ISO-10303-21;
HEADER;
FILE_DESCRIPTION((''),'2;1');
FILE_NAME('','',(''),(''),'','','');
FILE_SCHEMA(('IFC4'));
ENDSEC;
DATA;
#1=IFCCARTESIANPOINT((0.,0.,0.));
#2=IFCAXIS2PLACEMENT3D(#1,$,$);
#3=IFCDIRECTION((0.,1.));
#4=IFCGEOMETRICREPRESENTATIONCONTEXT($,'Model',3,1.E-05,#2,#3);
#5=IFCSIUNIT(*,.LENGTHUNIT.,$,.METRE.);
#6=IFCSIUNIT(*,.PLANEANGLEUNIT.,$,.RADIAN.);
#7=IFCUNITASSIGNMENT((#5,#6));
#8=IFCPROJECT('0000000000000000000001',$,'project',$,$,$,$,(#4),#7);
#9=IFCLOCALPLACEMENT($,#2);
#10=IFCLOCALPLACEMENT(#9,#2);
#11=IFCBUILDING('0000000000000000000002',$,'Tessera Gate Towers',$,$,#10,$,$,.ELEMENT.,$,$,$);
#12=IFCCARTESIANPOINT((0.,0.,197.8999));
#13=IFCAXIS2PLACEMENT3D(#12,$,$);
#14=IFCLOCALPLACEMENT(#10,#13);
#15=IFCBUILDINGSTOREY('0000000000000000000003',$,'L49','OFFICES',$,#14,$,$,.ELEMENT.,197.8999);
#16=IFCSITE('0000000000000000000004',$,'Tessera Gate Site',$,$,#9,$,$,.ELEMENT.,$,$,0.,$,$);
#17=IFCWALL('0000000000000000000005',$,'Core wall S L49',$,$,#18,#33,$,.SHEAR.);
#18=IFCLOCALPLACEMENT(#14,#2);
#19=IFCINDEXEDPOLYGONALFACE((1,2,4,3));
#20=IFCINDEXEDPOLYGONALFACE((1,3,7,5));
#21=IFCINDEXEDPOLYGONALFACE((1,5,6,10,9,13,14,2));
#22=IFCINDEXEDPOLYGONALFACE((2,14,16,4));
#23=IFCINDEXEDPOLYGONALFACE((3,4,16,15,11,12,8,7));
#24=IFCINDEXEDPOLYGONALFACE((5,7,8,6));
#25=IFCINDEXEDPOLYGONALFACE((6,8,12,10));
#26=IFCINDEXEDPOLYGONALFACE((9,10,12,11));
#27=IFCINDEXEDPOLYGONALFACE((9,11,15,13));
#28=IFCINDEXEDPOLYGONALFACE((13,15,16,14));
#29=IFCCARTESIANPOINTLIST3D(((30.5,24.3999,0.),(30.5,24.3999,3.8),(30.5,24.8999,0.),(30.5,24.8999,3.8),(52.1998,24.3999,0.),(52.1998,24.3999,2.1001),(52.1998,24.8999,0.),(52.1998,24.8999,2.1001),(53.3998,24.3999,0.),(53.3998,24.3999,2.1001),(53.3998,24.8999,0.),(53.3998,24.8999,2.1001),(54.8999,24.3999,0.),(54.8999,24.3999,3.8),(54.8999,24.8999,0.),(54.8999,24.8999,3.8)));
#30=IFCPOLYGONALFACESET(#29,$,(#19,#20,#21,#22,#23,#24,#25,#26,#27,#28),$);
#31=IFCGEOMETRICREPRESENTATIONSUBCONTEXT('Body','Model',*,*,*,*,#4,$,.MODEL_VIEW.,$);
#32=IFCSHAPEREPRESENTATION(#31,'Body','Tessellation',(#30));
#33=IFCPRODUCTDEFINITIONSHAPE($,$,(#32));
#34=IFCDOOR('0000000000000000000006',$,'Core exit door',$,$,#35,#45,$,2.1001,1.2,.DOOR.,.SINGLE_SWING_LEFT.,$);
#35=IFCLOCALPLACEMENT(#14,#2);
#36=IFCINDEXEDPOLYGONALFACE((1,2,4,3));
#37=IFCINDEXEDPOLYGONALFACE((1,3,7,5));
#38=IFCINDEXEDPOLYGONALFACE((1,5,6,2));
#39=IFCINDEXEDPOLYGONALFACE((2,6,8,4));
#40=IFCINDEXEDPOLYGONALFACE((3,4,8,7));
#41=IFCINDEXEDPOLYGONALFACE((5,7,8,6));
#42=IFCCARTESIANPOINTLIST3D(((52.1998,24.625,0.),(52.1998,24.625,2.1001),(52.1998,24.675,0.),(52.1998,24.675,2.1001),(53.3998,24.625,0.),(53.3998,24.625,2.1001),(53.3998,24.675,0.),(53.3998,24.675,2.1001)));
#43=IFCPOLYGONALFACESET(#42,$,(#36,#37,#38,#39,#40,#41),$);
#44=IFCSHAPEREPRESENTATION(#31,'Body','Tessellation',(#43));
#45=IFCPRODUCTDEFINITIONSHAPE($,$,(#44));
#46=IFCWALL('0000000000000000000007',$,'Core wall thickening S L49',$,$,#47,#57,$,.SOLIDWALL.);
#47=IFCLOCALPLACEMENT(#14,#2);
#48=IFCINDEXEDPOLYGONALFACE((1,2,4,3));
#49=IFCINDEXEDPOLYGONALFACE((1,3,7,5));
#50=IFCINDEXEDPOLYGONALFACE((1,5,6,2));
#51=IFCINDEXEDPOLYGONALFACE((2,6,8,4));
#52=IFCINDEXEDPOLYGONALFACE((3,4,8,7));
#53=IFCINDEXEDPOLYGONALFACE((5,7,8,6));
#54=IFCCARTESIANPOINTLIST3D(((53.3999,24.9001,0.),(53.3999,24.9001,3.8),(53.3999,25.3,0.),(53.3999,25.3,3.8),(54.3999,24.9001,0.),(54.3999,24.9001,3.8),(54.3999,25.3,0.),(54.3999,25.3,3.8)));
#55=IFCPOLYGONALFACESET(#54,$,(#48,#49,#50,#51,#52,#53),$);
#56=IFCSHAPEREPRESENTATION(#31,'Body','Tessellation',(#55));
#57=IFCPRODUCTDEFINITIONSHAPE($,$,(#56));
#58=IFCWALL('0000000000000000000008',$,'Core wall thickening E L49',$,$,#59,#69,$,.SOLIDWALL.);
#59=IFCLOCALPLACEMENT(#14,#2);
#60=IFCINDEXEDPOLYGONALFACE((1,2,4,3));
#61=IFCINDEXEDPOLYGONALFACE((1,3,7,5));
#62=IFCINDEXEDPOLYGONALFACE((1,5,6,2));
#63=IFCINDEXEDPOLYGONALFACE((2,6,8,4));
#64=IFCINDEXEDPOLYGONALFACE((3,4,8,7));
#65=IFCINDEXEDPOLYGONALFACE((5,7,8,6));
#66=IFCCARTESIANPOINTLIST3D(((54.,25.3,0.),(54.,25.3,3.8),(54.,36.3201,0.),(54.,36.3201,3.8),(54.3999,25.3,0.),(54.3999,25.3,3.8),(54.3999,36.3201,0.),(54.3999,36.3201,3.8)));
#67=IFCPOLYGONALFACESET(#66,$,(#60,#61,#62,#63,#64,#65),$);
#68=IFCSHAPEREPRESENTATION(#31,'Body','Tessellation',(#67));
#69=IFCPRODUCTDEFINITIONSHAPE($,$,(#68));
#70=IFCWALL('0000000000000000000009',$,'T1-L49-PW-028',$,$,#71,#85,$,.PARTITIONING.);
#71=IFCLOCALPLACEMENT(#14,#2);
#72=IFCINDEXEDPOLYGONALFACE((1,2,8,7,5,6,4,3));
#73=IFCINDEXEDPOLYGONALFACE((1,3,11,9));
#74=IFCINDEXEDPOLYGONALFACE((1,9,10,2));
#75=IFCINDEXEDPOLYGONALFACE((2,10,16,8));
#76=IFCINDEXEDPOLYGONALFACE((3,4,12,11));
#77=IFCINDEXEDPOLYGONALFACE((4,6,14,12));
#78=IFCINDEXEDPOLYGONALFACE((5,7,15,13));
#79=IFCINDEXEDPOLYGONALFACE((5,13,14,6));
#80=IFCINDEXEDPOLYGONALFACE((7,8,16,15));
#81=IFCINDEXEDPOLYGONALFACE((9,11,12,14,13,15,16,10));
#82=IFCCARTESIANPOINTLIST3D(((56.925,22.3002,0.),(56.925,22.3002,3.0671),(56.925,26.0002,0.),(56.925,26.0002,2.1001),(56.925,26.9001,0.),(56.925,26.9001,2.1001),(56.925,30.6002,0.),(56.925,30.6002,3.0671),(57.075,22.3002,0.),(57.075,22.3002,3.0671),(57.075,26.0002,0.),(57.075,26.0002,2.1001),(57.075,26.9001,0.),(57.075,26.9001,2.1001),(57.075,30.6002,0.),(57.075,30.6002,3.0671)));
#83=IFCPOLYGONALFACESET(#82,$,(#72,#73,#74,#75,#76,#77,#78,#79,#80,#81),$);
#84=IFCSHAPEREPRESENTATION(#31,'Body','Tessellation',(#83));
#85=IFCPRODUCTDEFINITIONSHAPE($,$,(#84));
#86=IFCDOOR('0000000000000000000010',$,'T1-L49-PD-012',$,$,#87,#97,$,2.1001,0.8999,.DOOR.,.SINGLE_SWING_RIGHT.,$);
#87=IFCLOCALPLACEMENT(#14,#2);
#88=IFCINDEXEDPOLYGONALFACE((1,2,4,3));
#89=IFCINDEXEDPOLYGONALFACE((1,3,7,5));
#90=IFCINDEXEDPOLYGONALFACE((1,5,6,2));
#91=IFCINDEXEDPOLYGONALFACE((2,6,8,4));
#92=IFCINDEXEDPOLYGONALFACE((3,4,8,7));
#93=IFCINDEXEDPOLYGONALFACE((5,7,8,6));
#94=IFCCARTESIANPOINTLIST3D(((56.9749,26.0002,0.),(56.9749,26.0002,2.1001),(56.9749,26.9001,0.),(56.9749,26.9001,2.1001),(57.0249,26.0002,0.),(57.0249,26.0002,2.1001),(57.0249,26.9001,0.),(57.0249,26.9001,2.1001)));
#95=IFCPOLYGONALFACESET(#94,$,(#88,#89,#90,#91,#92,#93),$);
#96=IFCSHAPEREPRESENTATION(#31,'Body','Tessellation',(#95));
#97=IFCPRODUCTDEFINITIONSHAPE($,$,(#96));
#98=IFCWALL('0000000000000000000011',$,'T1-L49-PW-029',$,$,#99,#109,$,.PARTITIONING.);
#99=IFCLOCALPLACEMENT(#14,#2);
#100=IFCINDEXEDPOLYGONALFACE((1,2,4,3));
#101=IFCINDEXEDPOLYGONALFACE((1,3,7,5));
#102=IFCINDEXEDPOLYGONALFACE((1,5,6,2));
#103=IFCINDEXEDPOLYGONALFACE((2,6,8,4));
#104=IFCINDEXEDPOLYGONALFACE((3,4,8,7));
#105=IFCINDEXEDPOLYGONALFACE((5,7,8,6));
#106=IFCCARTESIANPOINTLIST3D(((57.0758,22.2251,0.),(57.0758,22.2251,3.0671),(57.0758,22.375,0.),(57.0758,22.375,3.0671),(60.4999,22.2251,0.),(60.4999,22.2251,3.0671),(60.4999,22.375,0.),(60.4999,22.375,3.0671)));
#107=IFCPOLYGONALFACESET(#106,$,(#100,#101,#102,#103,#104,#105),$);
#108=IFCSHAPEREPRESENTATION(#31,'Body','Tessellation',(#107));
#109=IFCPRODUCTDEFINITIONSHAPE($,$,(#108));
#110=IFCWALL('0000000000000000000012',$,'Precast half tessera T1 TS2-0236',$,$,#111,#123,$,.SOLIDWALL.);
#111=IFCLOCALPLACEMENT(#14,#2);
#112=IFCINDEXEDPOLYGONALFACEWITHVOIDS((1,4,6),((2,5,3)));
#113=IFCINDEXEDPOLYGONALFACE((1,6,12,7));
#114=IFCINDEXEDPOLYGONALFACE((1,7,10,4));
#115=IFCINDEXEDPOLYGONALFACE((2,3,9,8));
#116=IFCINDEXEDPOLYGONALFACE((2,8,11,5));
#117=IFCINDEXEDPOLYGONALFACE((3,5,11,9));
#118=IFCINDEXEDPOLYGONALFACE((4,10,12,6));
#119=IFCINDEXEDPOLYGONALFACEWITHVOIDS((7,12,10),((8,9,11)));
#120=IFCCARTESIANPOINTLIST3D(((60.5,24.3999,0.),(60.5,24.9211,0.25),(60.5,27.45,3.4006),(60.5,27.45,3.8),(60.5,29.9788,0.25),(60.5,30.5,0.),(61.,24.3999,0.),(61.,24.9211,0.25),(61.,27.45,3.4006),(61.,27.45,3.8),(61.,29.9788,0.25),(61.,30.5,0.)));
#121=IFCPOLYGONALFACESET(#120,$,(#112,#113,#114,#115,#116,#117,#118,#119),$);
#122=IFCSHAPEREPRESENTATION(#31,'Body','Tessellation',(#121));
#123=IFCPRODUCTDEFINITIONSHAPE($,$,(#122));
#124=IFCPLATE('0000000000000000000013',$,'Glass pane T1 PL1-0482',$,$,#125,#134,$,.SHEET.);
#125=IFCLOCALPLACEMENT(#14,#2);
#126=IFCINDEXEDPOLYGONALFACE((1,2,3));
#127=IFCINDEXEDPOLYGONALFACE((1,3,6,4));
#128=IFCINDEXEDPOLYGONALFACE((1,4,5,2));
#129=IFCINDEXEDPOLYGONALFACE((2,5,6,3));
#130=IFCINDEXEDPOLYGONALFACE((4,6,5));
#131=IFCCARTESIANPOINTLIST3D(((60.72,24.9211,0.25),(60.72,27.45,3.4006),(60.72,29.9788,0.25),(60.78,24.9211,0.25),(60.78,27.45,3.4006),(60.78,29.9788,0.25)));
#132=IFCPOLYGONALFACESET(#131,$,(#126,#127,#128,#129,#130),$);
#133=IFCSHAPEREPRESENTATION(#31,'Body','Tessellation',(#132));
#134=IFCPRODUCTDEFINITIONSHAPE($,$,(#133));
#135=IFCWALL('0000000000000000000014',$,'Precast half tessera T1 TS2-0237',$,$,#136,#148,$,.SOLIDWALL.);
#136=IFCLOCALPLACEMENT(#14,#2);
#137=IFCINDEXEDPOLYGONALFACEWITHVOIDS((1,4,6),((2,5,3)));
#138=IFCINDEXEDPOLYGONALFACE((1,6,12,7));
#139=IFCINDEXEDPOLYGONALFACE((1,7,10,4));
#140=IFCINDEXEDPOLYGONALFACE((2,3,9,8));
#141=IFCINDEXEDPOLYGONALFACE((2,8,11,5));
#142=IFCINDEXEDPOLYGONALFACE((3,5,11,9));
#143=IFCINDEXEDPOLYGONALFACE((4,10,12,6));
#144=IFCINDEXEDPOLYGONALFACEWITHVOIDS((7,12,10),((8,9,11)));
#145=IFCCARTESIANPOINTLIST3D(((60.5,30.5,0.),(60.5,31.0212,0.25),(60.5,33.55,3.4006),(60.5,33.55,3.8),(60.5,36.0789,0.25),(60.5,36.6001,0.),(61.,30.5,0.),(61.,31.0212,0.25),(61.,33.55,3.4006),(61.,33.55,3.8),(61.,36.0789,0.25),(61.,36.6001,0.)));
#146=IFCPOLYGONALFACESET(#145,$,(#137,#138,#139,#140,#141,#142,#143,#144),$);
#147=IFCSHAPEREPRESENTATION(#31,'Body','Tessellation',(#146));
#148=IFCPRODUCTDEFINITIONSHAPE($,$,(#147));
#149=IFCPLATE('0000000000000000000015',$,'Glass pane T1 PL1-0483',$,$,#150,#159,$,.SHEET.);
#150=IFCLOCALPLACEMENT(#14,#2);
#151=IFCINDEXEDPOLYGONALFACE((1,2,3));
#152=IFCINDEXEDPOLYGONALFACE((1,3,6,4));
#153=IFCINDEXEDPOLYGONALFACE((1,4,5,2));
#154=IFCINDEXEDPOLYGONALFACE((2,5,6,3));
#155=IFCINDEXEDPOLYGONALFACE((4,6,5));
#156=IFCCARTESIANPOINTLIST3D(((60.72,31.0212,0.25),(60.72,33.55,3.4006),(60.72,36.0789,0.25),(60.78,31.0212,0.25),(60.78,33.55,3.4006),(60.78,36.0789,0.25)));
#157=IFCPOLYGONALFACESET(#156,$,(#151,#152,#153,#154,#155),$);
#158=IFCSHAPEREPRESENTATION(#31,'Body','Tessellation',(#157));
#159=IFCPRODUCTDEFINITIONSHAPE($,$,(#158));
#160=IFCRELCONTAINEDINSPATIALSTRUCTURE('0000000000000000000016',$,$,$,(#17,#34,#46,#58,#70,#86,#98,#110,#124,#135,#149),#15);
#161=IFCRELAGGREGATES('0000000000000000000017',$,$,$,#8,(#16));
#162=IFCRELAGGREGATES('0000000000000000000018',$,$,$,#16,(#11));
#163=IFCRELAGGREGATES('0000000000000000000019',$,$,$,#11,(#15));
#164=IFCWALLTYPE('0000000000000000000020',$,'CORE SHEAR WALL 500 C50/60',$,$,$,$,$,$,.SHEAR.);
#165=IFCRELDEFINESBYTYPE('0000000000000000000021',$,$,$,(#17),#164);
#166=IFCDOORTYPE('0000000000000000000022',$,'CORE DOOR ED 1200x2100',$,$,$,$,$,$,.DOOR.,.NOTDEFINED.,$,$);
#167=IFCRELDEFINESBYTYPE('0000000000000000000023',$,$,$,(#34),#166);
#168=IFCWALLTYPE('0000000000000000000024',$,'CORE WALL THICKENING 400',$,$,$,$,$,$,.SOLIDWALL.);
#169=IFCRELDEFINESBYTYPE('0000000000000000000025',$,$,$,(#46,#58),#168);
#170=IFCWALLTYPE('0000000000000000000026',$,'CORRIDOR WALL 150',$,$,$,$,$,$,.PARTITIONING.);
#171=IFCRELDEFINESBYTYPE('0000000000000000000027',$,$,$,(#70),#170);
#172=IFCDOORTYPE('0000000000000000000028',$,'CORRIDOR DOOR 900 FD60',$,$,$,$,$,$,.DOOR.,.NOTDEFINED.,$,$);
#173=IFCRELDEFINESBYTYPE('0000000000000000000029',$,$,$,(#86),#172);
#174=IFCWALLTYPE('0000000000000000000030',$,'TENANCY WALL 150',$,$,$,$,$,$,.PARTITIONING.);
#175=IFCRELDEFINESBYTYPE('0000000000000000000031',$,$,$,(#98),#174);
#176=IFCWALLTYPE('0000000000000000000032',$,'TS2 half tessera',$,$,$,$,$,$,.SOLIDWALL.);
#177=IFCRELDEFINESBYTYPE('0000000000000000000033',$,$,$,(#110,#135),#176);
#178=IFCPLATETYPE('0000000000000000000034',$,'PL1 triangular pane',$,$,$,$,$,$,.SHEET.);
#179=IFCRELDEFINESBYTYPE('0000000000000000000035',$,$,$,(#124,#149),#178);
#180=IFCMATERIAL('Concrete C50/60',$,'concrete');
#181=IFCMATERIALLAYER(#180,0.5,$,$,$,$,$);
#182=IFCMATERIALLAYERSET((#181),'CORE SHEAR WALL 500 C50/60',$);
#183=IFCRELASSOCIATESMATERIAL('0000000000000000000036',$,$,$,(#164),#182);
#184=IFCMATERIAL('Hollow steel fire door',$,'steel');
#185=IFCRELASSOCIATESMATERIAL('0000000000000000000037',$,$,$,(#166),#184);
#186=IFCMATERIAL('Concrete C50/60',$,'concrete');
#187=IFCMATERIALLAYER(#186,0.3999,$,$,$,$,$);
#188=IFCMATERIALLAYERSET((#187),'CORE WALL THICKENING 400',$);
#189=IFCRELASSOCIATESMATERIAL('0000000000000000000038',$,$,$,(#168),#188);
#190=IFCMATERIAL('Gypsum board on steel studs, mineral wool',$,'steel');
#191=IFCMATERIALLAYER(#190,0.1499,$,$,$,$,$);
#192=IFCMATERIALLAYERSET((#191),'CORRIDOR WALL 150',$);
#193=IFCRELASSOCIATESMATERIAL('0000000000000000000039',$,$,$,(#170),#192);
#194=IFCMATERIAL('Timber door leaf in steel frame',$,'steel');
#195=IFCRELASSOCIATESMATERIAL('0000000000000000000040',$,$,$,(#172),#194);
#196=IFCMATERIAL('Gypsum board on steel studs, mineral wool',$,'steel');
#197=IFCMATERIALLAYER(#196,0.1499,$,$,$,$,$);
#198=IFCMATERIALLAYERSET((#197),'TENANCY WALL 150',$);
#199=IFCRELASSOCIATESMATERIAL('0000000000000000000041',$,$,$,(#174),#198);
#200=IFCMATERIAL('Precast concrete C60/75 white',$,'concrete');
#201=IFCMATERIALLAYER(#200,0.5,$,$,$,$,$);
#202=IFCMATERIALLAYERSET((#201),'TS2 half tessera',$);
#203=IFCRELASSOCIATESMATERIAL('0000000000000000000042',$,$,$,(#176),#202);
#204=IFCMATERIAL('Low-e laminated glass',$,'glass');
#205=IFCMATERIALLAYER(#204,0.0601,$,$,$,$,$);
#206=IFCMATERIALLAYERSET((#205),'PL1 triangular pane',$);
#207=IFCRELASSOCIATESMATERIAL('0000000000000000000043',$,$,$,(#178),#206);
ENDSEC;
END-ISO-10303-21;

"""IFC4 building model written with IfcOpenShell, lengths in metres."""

from ifc_helpers import new_model, si_unit, direction, frame, frame_2d, origin, place, context, subcontext, project, spatial, polyline, rectangle, outline, extrude, source, transform, mapped, material, layer, layer_set, type_object, element, fill, save


model = new_model("IFC4")

# Units and contexts
model_context = context("Model", 3, precision=1e-05, world=origin(), true_north=direction((0.0, 1.0)))
body_context = subcontext(model_context, "Body", "Model", "MODEL_VIEW")
ifc_project = project(units=[si_unit("LENGTHUNIT", "METRE"), si_unit("PLANEANGLEUNIT", "RADIAN")], contexts=[model_context])

# Site, building, storey
site_placement = place(None, origin())
site = spatial("IfcSite", under=ifc_project, at=site_placement, Name="Tessera Gate Site", CompositionType="ELEMENT", RefElevation=0.0)
building_placement = place(site_placement, origin())
building = spatial("IfcBuilding", under=site, at=building_placement, Name="Tessera Gate Towers", CompositionType="ELEMENT")
storey_placement = place(building_placement, frame((0.0, 0.0, 197.8999)))
storey = spatial("IfcBuildingStorey", under=building, at=storey_placement, Name="L49", Description="OFFICES", CompositionType="ELEMENT", Elevation=197.8999)

# Wall, opening, door
shared_shape_1 = source(origin(), body_context, "Body", "SweptSolid", [
    extrude(rectangle(XDim=1.2, YDim=2.1001, at=frame_2d((0.6001, 1.05))), frame((0.0, 0.0249, 0.0), z_axis=(0.0, -1.0, 0.0), x_axis=(1.0, 0.0, 0.0)), (0.0, 0.0, 1.0), 0.05),
])
ifc_material_1 = material(Name="Concrete C50/60", Category="concrete")
ifc_layer_1 = layer(ifc_material_1, 0.5)
ifc_layer_set_1 = layer_set([ifc_layer_1], Name="CORE SHEAR WALL 500 C50/60")
wall_type_1 = type_object("IfcWallType", Name="CORE SHEAR WALL 500 C50/60", PredefinedType="SHEAR", material=ifc_layer_set_1)
wall_1_placement = place(storey_placement, frame((54.8999, 24.6499, 0.0), z_axis=(0.0, 0.0, 1.0), x_axis=(-1.0, 0.0, 0.0)))
wall_1 = element("IfcWall", 1, at=wall_1_placement, inside=storey, type_object=wall_type_1, Name="Core wall S L49", PredefinedType="SHEAR", context=body_context, shape_type="SweptSolid", body=[
    extrude(rectangle(XDim=24.3999, YDim=0.5, at=frame_2d((12.2, 0.0))), origin(), (0.0, 0.0, 1.0), 3.8),
])
shared_shape_2 = source(origin(), body_context, "Body", "SweptSolid", [
    extrude(rectangle(XDim=1.2, YDim=2.1001, at=frame_2d((0.6001, 1.05))), frame((0.0, 0.26, 0.0), z_axis=(0.0, -1.0, 0.0), x_axis=(1.0, 0.0, 0.0)), (0.0, 0.0, 1.0), 0.52),
])
opening_1_placement = place(wall_1_placement, frame((1.5, 0.0, 0.0)))
opening_1 = element("IfcOpeningElement", 2, at=opening_1_placement, cuts=wall_1, PredefinedType="OPENING", context=body_context, shape_type="MappedRepresentation", body=[
    mapped(shared_shape_2, transform((0.0, 0.0, 0.0), scale=1.0)),
])
ifc_material_2 = material(Name="Hollow steel fire door", Category="steel")
door_type_1 = type_object("IfcDoorType", Name="CORE DOOR ED 1200x2100", OperationType="NOTDEFINED", PredefinedType="DOOR", material=ifc_material_2)
door_1_placement = place(opening_1_placement, origin())
door_1 = element("IfcDoor", 3, at=door_1_placement, inside=storey, type_object=door_type_1, Name="Core exit door", OperationType="SINGLE_SWING_LEFT", OverallHeight=2.1001, OverallWidth=1.2, PredefinedType="DOOR", context=body_context, shape_type="MappedRepresentation", body=[
    mapped(shared_shape_1, transform((0.0, 0.0, 0.0), scale=1.0)),
])
fill(opening_1, door_1)

# Walls
ifc_material_3 = material(Name="Concrete C50/60", Category="concrete")
ifc_layer_2 = layer(ifc_material_3, 0.3999)
ifc_layer_set_2 = layer_set([ifc_layer_2], Name="CORE WALL THICKENING 400")
wall_type_2 = type_object("IfcWallType", Name="CORE WALL THICKENING 400", PredefinedType="SOLIDWALL", material=ifc_layer_set_2)
wall_2_placement = place(storey_placement, frame((53.3999, 25.1001, 0.0), z_axis=(0.0, 0.0, 1.0), x_axis=(1.0, 0.0, 0.0)))
element("IfcWall", 4, at=wall_2_placement, inside=storey, type_object=wall_type_2, Name="Core wall thickening S L49", PredefinedType="SOLIDWALL", context=body_context, shape_type="SweptSolid", body=[
    extrude(rectangle(XDim=1.0, YDim=0.3999, at=frame_2d((0.5, 0.0))), origin(), (0.0, 0.0, 1.0), 3.8),
])
wall_3_placement = place(storey_placement, frame((54.2, 25.3, 0.0), z_axis=(0.0, 0.0, 1.0), x_axis=(0.0, 1.0, 0.0)))
element("IfcWall", 5, at=wall_3_placement, inside=storey, type_object=wall_type_2, Name="Core wall thickening E L49", PredefinedType="SOLIDWALL", context=body_context, shape_type="SweptSolid", body=[
    extrude(rectangle(XDim=11.02, YDim=0.3999, at=frame_2d((5.51, 0.0))), origin(), (0.0, 0.0, 1.0), 3.8),
])

# Wall, opening, door
ifc_material_4 = material(Name="Gypsum board on steel studs, mineral wool", Category="steel")
ifc_layer_3 = layer(ifc_material_4, 0.1499)
ifc_layer_set_3 = layer_set([ifc_layer_3], Name="CORRIDOR WALL 150")
wall_type_3 = type_object("IfcWallType", Name="CORRIDOR WALL 150", PredefinedType="PARTITIONING", material=ifc_layer_set_3)
wall_4_placement = place(storey_placement, frame((57.0, 30.6001, 0.0), z_axis=(0.0, 0.0, 1.0), x_axis=(0.0, -1.0, 0.0)))
wall_4 = element("IfcWall", 6, at=wall_4_placement, inside=storey, type_object=wall_type_3, Name="T1-L49-PW-028", PredefinedType="PARTITIONING", context=body_context, shape_type="SweptSolid", body=[
    extrude(rectangle(XDim=8.3, YDim=0.1499, at=frame_2d((4.1499, 0.0))), origin(), (0.0, 0.0, 1.0), 3.0671),
])
shared_shape_3 = source(origin(), body_context, "Body", "SweptSolid", [
    extrude(rectangle(XDim=0.8999, YDim=2.1001, at=frame_2d((0.45, 1.05))), frame((0.0, 0.085, 0.0), z_axis=(0.0, -1.0, 0.0), x_axis=(1.0, 0.0, 0.0)), (0.0, 0.0, 1.0), 0.1699),
])
opening_2_placement = place(wall_4_placement, frame((3.7, 0.0, 0.0)))
opening_2 = element("IfcOpeningElement", 7, at=opening_2_placement, cuts=wall_4, PredefinedType="OPENING", context=body_context, shape_type="MappedRepresentation", body=[
    mapped(shared_shape_3, transform((0.0, 0.0, 0.0), scale=1.0)),
])
ifc_material_5 = material(Name="Timber door leaf in steel frame", Category="steel")
door_type_2 = type_object("IfcDoorType", Name="CORRIDOR DOOR 900 FD60", OperationType="NOTDEFINED", PredefinedType="DOOR", material=ifc_material_5)
shared_shape_4 = source(origin(), body_context, "Body", "SweptSolid", [
    extrude(rectangle(XDim=0.8999, YDim=2.1001, at=frame_2d((0.45, 1.05))), frame((0.0, 0.0249, 0.0), z_axis=(0.0, -1.0, 0.0), x_axis=(1.0, 0.0, 0.0)), (0.0, 0.0, 1.0), 0.05),
])
door_2_placement = place(opening_2_placement, origin())
door_2 = element("IfcDoor", 8, at=door_2_placement, inside=storey, type_object=door_type_2, Name="T1-L49-PD-012", OperationType="SINGLE_SWING_RIGHT", OverallHeight=2.1001, OverallWidth=0.8999, PredefinedType="DOOR", context=body_context, shape_type="MappedRepresentation", body=[
    mapped(shared_shape_4, transform((0.0, 0.0, 0.0), scale=1.0)),
])
fill(opening_2, door_2)

# Wall
ifc_material_6 = material(Name="Gypsum board on steel studs, mineral wool", Category="steel")
ifc_layer_4 = layer(ifc_material_6, 0.1499)
ifc_layer_set_4 = layer_set([ifc_layer_4], Name="TENANCY WALL 150")
wall_type_4 = type_object("IfcWallType", Name="TENANCY WALL 150", PredefinedType="PARTITIONING", material=ifc_layer_set_4)
wall_5_placement = place(storey_placement, frame((57.0759, 22.3, 0.0), z_axis=(0.0, 0.0, 1.0), x_axis=(1.0, 0.0, 0.0)))
element("IfcWall", 9, at=wall_5_placement, inside=storey, type_object=wall_type_4, Name="T1-L49-PW-029", PredefinedType="PARTITIONING", context=body_context, shape_type="SweptSolid", body=[
    extrude(rectangle(XDim=3.4241, YDim=0.1499, at=frame_2d((1.7119, 0.0))), origin(), (0.0, 0.0, 1.0), 3.0671),
])

# Walls, openings, plates
ifc_material_7 = material(Name="Precast concrete C60/75 white", Category="concrete")
ifc_layer_5 = layer(ifc_material_7, 0.5)
ifc_layer_set_5 = layer_set([ifc_layer_5], Name="TS2 half tessera")
wall_type_5 = type_object("IfcWallType", Name="TS2 half tessera", PredefinedType="SOLIDWALL", material=ifc_layer_set_5)
shared_shape_5 = source(origin(), body_context, "Body", "SweptSolid", [
    extrude(outline(polyline([(6.1001, 0.0), (3.05, 3.8), (0.0, 0.0), (6.1001, 0.0)])), frame((0.0, 0.25, 0.0), z_axis=(0.0, -1.0, 0.0), x_axis=(1.0, 0.0, 0.0)), (0.0, 0.0, 1.0), 0.5),
])
wall_6_placement = place(storey_placement, frame((60.75, 24.3999, 0.0), z_axis=(0.0, 0.0, 1.0), x_axis=(0.0, 1.0, 0.0)))
wall_6 = element("IfcWall", 10, at=wall_6_placement, inside=storey, type_object=wall_type_5, Name="Precast half tessera T1 TS2-0236", PredefinedType="SOLIDWALL", context=body_context, shape_type="MappedRepresentation", body=[
    mapped(shared_shape_5, transform((0.0, 0.0, 0.0), scale=1.0)),
])
shared_shape_6 = source(origin(), body_context, "Body", "SweptSolid", [
    extrude(outline(polyline([(5.5789, 0.25), (3.05, 3.4006), (0.5212, 0.25), (5.5789, 0.25)])), frame((0.0, 0.26, 0.0), z_axis=(0.0, -1.0, 0.0), x_axis=(1.0, 0.0, 0.0)), (0.0, 0.0, 1.0), 0.52),
])
opening_3_placement = place(wall_6_placement, origin())
opening_3 = element("IfcOpeningElement", 11, at=opening_3_placement, cuts=wall_6, PredefinedType="OPENING", context=body_context, shape_type="MappedRepresentation", body=[
    mapped(shared_shape_6, transform((0.0, 0.0, 0.0), scale=1.0)),
])
ifc_material_8 = material(Name="Low-e laminated glass", Category="glass")
ifc_layer_6 = layer(ifc_material_8, 0.0601)
ifc_layer_set_6 = layer_set([ifc_layer_6], Name="PL1 triangular pane")
plate_type = type_object("IfcPlateType", Name="PL1 triangular pane", PredefinedType="SHEET", material=ifc_layer_set_6)
shared_shape_7 = source(origin(), body_context, "Body", "SweptSolid", [
    extrude(outline(polyline([(5.5789, 0.25), (3.05, 3.4006), (0.5212, 0.25), (5.5789, 0.25)])), frame((0.0, 0.03, 0.0), z_axis=(0.0, -1.0, 0.0), x_axis=(1.0, 0.0, 0.0)), (0.0, 0.0, 1.0), 0.0601),
])
plate_1_placement = place(opening_3_placement, origin())
plate_1 = element("IfcPlate", 12, at=plate_1_placement, inside=storey, type_object=plate_type, Name="Glass pane T1 PL1-0482", PredefinedType="SHEET", context=body_context, shape_type="MappedRepresentation", body=[
    mapped(shared_shape_7, transform((0.0, 0.0, 0.0), scale=1.0)),
])
fill(opening_3, plate_1)
wall_7_placement = place(storey_placement, frame((60.75, 30.5, 0.0), z_axis=(0.0, 0.0, 1.0), x_axis=(0.0, 1.0, 0.0)))
wall_7 = element("IfcWall", 13, at=wall_7_placement, inside=storey, type_object=wall_type_5, Name="Precast half tessera T1 TS2-0237", PredefinedType="SOLIDWALL", context=body_context, shape_type="MappedRepresentation", body=[
    mapped(shared_shape_5, transform((0.0, 0.0, 0.0), scale=1.0)),
])
opening_4_placement = place(wall_7_placement, origin())
opening_4 = element("IfcOpeningElement", 14, at=opening_4_placement, cuts=wall_7, PredefinedType="OPENING", context=body_context, shape_type="MappedRepresentation", body=[
    mapped(shared_shape_6, transform((0.0, 0.0, 0.0), scale=1.0)),
])
plate_2_placement = place(opening_4_placement, origin())
plate_2 = element("IfcPlate", 15, at=plate_2_placement, inside=storey, type_object=plate_type, Name="Glass pane T1 PL1-0483", PredefinedType="SHEET", context=body_context, shape_type="MappedRepresentation", body=[
    mapped(shared_shape_7, transform((0.0, 0.0, 0.0), scale=1.0)),
])
fill(opening_4, plate_2)

save(model, "model.ifc")
